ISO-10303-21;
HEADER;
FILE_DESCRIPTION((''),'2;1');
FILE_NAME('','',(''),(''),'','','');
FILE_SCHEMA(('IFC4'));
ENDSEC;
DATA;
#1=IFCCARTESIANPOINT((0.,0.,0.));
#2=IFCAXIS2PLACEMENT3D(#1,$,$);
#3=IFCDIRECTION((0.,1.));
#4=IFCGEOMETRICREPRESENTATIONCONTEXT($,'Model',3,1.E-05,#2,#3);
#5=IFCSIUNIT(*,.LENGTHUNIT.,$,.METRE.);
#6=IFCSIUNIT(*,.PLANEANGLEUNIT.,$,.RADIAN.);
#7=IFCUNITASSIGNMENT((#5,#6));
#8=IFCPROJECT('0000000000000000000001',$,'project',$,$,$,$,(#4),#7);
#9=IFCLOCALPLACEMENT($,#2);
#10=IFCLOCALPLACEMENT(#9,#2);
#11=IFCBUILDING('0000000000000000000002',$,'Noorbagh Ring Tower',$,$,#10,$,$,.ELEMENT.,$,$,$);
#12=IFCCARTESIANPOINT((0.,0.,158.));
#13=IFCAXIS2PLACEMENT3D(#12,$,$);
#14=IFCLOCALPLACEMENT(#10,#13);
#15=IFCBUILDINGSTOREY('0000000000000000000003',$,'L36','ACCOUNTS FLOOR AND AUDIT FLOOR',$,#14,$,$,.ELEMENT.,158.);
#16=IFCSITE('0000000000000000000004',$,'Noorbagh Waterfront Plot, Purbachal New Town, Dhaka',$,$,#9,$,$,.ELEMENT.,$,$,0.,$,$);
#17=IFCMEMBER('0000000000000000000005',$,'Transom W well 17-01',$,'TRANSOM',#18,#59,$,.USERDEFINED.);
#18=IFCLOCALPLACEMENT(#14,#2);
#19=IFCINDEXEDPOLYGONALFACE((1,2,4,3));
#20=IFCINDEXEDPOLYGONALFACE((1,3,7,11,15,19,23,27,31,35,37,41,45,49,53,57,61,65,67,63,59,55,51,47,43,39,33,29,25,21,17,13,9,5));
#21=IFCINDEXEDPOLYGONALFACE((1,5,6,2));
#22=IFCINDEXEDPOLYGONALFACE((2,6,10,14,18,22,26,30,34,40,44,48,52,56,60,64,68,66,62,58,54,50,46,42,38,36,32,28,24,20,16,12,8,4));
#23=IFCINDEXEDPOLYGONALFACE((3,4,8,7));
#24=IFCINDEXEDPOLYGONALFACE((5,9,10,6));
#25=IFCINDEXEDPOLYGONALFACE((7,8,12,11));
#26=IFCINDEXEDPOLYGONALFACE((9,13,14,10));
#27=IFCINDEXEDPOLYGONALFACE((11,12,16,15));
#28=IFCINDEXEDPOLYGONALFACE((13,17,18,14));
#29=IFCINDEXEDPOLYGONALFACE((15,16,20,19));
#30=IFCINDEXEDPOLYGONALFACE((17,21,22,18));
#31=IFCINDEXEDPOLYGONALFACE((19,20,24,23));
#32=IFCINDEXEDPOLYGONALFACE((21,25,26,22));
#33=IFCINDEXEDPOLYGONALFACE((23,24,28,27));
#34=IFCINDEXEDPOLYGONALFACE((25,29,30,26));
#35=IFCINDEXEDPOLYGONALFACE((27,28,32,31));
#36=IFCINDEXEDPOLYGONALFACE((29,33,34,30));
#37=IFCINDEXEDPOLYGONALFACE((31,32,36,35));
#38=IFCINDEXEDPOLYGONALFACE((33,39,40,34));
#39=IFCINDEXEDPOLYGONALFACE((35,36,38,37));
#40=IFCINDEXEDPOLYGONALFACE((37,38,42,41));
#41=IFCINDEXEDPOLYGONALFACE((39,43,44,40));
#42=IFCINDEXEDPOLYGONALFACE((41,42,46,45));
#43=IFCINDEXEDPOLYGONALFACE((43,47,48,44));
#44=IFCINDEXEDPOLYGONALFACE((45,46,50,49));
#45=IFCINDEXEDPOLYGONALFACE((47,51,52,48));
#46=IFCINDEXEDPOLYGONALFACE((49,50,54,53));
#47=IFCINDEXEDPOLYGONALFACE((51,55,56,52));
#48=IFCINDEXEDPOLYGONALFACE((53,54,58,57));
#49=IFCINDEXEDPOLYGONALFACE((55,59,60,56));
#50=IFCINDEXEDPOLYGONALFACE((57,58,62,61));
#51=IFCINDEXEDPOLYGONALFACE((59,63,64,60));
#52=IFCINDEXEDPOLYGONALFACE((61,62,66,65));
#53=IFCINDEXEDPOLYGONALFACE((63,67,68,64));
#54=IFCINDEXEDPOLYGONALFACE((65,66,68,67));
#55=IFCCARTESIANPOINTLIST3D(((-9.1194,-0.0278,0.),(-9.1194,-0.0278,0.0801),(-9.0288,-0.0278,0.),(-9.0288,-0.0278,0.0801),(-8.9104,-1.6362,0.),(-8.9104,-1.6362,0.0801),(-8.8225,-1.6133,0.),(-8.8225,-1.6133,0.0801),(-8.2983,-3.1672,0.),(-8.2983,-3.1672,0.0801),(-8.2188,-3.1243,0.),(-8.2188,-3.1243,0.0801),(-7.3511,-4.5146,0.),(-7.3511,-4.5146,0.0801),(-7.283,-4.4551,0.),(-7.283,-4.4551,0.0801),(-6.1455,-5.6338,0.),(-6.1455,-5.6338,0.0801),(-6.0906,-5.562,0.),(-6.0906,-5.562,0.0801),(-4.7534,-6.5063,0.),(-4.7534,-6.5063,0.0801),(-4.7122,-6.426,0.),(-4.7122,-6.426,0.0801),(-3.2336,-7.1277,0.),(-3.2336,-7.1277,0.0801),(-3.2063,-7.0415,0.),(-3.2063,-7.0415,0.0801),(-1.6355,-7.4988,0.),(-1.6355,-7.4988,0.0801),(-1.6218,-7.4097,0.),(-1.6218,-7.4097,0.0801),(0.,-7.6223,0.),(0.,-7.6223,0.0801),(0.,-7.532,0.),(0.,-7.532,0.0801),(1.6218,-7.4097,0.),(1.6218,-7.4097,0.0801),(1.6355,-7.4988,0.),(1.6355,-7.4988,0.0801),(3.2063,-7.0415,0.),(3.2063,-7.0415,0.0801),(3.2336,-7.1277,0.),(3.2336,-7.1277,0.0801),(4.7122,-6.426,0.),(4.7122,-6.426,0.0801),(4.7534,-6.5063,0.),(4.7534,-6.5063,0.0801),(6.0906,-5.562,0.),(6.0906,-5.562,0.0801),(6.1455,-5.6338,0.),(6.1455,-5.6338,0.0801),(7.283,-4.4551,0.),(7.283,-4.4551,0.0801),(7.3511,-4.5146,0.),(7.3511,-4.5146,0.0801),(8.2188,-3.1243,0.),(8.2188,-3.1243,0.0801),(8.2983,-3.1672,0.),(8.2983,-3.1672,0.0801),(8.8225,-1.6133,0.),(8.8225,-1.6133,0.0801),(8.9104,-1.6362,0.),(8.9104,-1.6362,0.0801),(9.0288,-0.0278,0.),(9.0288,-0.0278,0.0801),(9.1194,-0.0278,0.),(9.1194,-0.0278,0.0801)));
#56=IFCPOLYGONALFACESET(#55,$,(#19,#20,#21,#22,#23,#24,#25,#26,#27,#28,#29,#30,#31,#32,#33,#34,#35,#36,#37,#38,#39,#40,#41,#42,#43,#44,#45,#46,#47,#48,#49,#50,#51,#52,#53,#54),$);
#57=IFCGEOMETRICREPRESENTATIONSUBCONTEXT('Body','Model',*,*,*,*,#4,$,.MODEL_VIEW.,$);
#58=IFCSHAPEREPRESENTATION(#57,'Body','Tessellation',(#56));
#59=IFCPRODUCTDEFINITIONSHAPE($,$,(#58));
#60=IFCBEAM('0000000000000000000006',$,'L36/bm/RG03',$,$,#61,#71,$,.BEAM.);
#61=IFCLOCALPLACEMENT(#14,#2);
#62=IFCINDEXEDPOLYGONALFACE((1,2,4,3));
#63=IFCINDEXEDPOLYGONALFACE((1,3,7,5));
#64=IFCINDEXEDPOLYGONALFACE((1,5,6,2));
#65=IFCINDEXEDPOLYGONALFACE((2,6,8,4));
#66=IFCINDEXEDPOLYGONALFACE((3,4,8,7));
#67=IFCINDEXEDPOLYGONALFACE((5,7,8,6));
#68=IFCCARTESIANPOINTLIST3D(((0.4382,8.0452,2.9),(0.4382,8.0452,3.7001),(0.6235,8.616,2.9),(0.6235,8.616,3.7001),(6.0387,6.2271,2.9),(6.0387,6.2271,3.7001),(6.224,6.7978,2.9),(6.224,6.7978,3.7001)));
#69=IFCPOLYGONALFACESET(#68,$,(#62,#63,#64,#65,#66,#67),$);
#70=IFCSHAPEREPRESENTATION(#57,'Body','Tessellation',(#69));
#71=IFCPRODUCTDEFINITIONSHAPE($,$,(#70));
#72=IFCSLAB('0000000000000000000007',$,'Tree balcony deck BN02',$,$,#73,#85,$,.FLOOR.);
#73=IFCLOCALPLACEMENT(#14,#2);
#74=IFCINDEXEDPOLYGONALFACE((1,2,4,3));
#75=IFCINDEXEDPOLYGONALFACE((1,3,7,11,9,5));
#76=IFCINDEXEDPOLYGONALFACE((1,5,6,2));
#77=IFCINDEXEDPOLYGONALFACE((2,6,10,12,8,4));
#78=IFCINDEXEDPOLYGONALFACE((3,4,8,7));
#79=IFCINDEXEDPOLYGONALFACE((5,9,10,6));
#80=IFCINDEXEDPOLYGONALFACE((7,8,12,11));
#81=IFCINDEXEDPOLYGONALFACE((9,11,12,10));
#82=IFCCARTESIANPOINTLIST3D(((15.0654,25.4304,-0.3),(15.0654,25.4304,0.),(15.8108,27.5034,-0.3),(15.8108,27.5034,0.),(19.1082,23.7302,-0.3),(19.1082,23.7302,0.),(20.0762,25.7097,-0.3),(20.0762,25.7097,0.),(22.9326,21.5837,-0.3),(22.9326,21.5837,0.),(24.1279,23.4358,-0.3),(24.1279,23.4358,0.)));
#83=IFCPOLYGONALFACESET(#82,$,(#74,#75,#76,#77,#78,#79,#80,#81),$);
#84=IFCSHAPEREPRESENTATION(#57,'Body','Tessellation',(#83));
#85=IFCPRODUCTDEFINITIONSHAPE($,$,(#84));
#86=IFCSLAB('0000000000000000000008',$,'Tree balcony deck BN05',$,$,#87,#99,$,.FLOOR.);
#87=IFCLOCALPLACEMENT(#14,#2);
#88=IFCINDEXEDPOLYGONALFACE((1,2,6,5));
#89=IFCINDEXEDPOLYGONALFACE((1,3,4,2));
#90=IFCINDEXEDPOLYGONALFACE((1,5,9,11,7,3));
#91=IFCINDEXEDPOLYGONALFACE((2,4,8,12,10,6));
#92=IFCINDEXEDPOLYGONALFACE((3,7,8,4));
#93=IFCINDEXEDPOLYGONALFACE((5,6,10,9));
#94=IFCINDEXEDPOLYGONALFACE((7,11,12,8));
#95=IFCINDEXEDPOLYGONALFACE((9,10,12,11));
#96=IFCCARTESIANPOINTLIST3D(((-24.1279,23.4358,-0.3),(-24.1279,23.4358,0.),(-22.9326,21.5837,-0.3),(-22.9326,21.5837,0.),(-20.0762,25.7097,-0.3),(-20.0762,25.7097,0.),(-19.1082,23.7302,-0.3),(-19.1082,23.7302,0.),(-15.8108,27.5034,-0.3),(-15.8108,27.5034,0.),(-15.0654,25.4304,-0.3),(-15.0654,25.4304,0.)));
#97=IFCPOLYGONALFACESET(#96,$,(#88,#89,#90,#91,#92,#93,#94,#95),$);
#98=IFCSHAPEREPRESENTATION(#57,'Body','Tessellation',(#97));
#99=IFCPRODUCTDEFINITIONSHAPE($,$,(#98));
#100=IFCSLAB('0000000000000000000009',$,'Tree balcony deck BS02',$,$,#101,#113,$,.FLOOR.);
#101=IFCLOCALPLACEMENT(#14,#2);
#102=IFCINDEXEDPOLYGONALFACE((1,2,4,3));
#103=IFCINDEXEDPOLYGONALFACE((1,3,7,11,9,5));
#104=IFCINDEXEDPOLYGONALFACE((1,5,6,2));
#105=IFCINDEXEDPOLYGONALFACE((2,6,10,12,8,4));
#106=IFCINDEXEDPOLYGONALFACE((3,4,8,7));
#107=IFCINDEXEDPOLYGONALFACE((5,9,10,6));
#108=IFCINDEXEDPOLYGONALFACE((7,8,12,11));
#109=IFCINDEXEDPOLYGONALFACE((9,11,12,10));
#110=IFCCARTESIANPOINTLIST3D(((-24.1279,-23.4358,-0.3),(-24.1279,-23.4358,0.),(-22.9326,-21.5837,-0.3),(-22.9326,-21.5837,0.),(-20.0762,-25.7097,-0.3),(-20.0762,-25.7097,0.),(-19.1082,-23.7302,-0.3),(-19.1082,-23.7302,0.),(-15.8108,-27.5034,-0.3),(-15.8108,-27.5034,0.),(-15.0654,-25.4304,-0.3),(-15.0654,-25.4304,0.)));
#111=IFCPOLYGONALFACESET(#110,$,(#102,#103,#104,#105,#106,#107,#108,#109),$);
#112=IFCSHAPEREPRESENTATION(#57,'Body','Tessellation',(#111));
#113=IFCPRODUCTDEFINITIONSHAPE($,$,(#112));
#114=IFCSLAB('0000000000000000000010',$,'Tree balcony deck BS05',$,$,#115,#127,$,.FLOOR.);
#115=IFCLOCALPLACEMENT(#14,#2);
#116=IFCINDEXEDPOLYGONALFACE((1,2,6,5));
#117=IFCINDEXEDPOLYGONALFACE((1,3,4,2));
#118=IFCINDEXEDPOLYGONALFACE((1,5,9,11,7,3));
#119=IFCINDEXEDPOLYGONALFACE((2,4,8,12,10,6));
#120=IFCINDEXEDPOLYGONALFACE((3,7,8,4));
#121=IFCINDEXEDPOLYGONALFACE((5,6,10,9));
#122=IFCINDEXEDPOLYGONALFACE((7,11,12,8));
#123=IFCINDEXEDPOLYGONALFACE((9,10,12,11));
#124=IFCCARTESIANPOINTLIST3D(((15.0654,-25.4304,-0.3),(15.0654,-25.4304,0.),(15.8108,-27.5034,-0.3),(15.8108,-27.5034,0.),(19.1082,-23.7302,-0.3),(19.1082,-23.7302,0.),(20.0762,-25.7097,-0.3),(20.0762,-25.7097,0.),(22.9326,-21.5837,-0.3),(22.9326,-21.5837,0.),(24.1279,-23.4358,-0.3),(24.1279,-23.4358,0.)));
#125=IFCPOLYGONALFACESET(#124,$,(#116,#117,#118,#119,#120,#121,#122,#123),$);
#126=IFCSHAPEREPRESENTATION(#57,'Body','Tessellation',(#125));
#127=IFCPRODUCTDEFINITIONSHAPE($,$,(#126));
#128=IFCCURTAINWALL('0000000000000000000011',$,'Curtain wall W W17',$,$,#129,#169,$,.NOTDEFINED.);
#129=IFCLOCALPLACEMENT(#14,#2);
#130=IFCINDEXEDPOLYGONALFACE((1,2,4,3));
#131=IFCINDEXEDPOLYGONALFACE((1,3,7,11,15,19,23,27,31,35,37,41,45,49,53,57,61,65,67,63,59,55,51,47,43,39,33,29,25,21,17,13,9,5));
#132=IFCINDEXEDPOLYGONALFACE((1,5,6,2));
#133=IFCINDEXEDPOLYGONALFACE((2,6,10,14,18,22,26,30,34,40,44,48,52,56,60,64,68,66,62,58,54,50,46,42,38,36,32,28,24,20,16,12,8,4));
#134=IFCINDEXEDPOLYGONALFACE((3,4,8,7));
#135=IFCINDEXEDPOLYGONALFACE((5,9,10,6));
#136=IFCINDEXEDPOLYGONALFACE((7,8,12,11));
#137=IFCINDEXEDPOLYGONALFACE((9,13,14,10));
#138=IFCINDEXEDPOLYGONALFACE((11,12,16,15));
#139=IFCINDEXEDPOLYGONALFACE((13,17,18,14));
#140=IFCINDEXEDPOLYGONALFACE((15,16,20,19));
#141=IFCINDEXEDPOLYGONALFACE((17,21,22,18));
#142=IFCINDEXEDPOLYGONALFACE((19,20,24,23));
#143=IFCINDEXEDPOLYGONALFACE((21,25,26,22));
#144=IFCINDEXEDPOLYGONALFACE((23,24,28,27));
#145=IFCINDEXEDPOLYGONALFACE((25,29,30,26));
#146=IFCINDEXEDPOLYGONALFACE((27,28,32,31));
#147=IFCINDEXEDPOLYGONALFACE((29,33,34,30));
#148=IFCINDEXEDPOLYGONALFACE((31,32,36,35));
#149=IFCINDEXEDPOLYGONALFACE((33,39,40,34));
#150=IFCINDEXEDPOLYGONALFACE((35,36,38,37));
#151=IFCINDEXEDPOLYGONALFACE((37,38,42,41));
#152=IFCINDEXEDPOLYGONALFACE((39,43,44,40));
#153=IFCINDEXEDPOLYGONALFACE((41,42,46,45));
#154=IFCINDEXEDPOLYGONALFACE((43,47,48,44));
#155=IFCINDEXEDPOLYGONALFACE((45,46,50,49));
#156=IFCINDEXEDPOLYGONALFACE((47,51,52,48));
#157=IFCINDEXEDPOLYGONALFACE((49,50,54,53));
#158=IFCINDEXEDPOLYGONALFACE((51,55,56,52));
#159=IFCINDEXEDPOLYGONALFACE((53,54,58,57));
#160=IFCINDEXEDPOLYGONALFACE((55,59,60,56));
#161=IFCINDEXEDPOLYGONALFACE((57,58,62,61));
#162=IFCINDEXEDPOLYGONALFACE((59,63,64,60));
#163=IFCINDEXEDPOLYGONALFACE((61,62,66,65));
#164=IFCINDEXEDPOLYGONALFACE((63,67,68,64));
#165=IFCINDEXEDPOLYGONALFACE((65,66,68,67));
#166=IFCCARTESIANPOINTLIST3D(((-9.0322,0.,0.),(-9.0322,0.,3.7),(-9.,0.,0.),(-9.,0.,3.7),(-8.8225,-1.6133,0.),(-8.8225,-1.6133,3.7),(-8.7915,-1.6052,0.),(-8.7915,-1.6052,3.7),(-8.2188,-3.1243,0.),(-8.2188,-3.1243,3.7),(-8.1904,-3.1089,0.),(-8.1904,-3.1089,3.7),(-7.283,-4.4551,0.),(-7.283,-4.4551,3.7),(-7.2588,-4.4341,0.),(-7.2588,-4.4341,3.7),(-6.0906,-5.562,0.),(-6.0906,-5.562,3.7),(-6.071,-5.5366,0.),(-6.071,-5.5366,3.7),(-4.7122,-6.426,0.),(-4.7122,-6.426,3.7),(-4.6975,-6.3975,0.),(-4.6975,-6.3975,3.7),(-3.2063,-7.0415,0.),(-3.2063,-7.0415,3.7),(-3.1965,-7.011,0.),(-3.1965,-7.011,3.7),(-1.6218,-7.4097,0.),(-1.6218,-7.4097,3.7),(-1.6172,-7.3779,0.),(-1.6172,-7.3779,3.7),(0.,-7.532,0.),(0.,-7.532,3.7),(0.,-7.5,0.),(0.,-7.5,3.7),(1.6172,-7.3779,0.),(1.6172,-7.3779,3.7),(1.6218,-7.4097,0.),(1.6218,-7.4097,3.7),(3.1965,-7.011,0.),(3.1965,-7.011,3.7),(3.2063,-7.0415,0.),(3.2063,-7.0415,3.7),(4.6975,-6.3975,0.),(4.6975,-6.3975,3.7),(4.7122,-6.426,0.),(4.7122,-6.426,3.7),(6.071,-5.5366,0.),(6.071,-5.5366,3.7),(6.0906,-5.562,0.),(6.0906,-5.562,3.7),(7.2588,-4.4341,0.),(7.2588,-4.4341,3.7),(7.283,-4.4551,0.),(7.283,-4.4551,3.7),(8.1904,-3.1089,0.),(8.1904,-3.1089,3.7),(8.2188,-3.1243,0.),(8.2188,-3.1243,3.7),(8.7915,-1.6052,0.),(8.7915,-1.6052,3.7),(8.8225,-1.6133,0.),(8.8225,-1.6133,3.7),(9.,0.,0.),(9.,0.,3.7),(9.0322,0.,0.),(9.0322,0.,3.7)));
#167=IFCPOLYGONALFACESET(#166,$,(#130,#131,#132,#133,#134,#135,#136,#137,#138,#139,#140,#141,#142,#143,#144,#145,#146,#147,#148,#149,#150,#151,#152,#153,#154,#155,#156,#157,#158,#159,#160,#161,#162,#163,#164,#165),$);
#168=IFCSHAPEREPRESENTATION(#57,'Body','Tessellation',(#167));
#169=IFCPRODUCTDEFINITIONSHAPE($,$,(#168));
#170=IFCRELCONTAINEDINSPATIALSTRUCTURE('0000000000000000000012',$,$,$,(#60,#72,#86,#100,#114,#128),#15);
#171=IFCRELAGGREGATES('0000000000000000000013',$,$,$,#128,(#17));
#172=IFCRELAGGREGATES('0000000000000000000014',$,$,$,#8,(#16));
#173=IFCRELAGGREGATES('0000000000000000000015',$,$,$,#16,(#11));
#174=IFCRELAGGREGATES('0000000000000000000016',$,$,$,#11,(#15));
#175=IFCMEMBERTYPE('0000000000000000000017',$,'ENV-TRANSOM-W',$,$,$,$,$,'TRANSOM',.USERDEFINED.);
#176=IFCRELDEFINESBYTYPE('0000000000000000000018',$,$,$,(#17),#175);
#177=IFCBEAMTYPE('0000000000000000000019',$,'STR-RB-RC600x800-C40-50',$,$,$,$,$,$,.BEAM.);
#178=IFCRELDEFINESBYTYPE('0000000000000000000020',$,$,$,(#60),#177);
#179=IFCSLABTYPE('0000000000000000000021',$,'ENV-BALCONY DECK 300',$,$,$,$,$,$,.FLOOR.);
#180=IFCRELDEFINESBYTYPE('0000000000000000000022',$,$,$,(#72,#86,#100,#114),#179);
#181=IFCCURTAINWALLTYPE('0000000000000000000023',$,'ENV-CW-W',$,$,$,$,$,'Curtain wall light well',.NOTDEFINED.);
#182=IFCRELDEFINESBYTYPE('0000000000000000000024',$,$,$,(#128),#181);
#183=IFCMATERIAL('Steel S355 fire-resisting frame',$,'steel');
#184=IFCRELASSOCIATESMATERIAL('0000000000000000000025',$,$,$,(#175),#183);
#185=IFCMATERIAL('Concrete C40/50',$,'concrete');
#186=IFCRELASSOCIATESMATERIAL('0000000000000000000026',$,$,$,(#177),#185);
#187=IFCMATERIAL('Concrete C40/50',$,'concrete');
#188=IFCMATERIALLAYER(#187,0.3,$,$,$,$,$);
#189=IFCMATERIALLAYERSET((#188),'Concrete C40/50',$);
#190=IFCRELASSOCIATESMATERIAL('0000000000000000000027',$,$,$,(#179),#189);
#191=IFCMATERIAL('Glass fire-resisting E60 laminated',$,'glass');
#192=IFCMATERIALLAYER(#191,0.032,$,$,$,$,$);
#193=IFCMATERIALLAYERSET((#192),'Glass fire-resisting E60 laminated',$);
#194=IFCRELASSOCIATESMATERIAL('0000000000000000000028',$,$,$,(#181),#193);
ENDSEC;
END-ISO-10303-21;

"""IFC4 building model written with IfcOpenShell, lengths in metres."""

from ifc_helpers import new_model, si_unit, direction, frame, origin, origin_2d, place, context, subcontext, project, spatial, polyline, rectangle, outline, extrude, material, layer, layer_set, material_profile, profile_set, type_object, element, aggregate, save


model = new_model("IFC4")

# Units and contexts
model_context = context("Model", 3, precision=1e-05, world=origin(), true_north=direction((0.0, 1.0)))
body_context = subcontext(model_context, "Body", "Model", "MODEL_VIEW")
ifc_project = project(units=[si_unit("LENGTHUNIT", "METRE"), si_unit("PLANEANGLEUNIT", "RADIAN")], contexts=[model_context])

# Site, building, storey
site_placement = place(None, origin())
site = spatial("IfcSite", under=ifc_project, at=site_placement, Name="Noorbagh Waterfront Plot, Purbachal New Town, Dhaka", CompositionType="ELEMENT", RefElevation=0.0)
building_placement = place(site_placement, origin())
building = spatial("IfcBuilding", under=site, at=building_placement, Name="Noorbagh Ring Tower", CompositionType="ELEMENT")
storey_placement = place(building_placement, frame((0.0, 0.0, 158.0)))
storey = spatial("IfcBuildingStorey", under=building, at=storey_placement, Name="L36", Description="ACCOUNTS FLOOR AND AUDIT FLOOR", CompositionType="ELEMENT", Elevation=158.0)

# Member
ifc_material_1 = material(Name="Steel S355 fire-resisting frame", Category="steel")
member_type_1 = type_object("IfcMemberType", Name="ENV-TRANSOM-W", ElementType="TRANSOM", PredefinedType="USERDEFINED", material=ifc_material_1)
member_1_placement = place(storey_placement, origin())
member_1 = element("IfcMember", 1, at=member_1_placement, type_object=member_type_1, Name="Transom W well 17-01", ObjectType="TRANSOM", PredefinedType="USERDEFINED", context=body_context, shape_type="SweptSolid", body=[
    extrude(outline(polyline([(-9.1194, -0.0278), (-8.9104, -1.6362), (-8.2983, -3.1672), (-7.3511, -4.5146), (-6.1455, -5.6338), (-4.7534, -6.5063), (-3.2336, -7.1277), (-1.6355, -7.4988), (0.0, -7.6223), (1.6355, -7.4988), (3.2336, -7.1277), (4.7534, -6.5063), (6.1455, -5.6338), (7.3511, -4.5146), (8.2983, -3.1672), (8.9104, -1.6362), (9.1194, -0.0278), (9.0288, -0.0278), (8.8225, -1.6133), (8.2188, -3.1243), (7.283, -4.4551), (6.0906, -5.562), (4.7122, -6.426), (3.2063, -7.0415), (1.6218, -7.4097), (0.0, -7.532), (-1.6218, -7.4097), (-3.2063, -7.0415), (-4.7122, -6.426), (-6.0906, -5.562), (-7.283, -4.4551), (-8.2188, -3.1243), (-8.8225, -1.6133), (-9.0288, -0.0278), (-9.1194, -0.0278)])), origin(), (0.0, 0.0, 1.0), 0.0801),
])

# Beam
ifc_material_2 = material(Name="Concrete C40/50", Category="concrete")
ifc_material_profile_1 = material_profile(ifc_material_2, rectangle(XDim=0.6001, YDim=0.8, at=origin_2d()), Name="RC600x800")
ifc_profile_set_1 = profile_set([ifc_material_profile_1], Name="Concrete C40/50")
beam_type = type_object("IfcBeamType", Name="STR-RB-RC600x800-C40-50", PredefinedType="BEAM", material=ifc_profile_set_1)
beam_placement = place(storey_placement, frame((6.1313, 6.5125, 3.3), z_axis=(-0.951134, 0.308779, 0.0), x_axis=(-0.308779, -0.951134, 0.0)))
element("IfcBeam", 2, at=beam_placement, inside=storey, type_object=beam_type, Name="L36/bm/RG03", PredefinedType="BEAM", context=body_context, shape_type="SweptSolid", body=[
    extrude(rectangle(XDim=0.6001, YDim=0.8, at=origin_2d()), origin(), (0.0, 0.0, 1.0), 5.8882),
])

# Slabs
ifc_material_3 = material(Name="Concrete C40/50", Category="concrete")
ifc_layer_1 = layer(ifc_material_3, 0.3)
ifc_layer_set_1 = layer_set([ifc_layer_1], Name="Concrete C40/50")
slab_type = type_object("IfcSlabType", Name="ENV-BALCONY DECK 300", PredefinedType="FLOOR", material=ifc_layer_set_1)
slab_1_placement = place(storey_placement, frame((0.0, 0.0, -0.3)))
element("IfcSlab", 3, at=slab_1_placement, inside=storey, type_object=slab_type, Name="Tree balcony deck BN02", PredefinedType="FLOOR", context=body_context, shape_type="SweptSolid", body=[
    extrude(outline(polyline([(24.1279, 23.4358), (20.0762, 25.7097), (15.8108, 27.5034), (15.0654, 25.4304), (19.1082, 23.7302), (22.9326, 21.5837), (24.1279, 23.4358)])), origin(), (0.0, 0.0, 1.0), 0.3),
])
slab_2_placement = place(storey_placement, frame((0.0, 0.0, -0.3)))
element("IfcSlab", 4, at=slab_2_placement, inside=storey, type_object=slab_type, Name="Tree balcony deck BN05", PredefinedType="FLOOR", context=body_context, shape_type="SweptSolid", body=[
    extrude(outline(polyline([(-15.8108, 27.5034), (-20.0762, 25.7097), (-24.1279, 23.4358), (-22.9326, 21.5837), (-19.1082, 23.7302), (-15.0654, 25.4304), (-15.8108, 27.5034)])), origin(), (0.0, 0.0, 1.0), 0.3),
])
slab_3_placement = place(storey_placement, frame((0.0, 0.0, -0.3)))
element("IfcSlab", 5, at=slab_3_placement, inside=storey, type_object=slab_type, Name="Tree balcony deck BS02", PredefinedType="FLOOR", context=body_context, shape_type="SweptSolid", body=[
    extrude(outline(polyline([(-24.1279, -23.4358), (-20.0762, -25.7097), (-15.8108, -27.5034), (-15.0654, -25.4304), (-19.1082, -23.7302), (-22.9326, -21.5837), (-24.1279, -23.4358)])), origin(), (0.0, 0.0, 1.0), 0.3),
])
slab_4_placement = place(storey_placement, frame((0.0, 0.0, -0.3)))
element("IfcSlab", 6, at=slab_4_placement, inside=storey, type_object=slab_type, Name="Tree balcony deck BS05", PredefinedType="FLOOR", context=body_context, shape_type="SweptSolid", body=[
    extrude(outline(polyline([(15.8108, -27.5034), (20.0762, -25.7097), (24.1279, -23.4358), (22.9326, -21.5837), (19.1082, -23.7302), (15.0654, -25.4304), (15.8108, -27.5034)])), origin(), (0.0, 0.0, 1.0), 0.3),
])

# Curtain wall
ifc_material_4 = material(Name="Glass fire-resisting E60 laminated", Category="glass")
ifc_layer_2 = layer(ifc_material_4, 0.032)
ifc_layer_set_2 = layer_set([ifc_layer_2], Name="Glass fire-resisting E60 laminated")
curtain_wall_type_1 = type_object("IfcCurtainWallType", Name="ENV-CW-W", ElementType="Curtain wall light well", PredefinedType="NOTDEFINED", material=ifc_layer_set_2)
curtain_wall_1_placement = place(storey_placement, origin())
curtain_wall_1 = element("IfcCurtainWall", 7, at=curtain_wall_1_placement, inside=storey, type_object=curtain_wall_type_1, Name="Curtain wall W W17", PredefinedType="NOTDEFINED", context=body_context, shape_type="SweptSolid", body=[
    extrude(outline(polyline([(-9.0322, 0.0), (-8.8225, -1.6133), (-8.2188, -3.1243), (-7.283, -4.4551), (-6.0906, -5.562), (-4.7122, -6.426), (-3.2063, -7.0415), (-1.6218, -7.4097), (0.0, -7.532), (1.6218, -7.4097), (3.2063, -7.0415), (4.7122, -6.426), (6.0906, -5.562), (7.283, -4.4551), (8.2188, -3.1243), (8.8225, -1.6133), (9.0322, 0.0), (9.0, 0.0), (8.7915, -1.6052), (8.1904, -3.1089), (7.2588, -4.4341), (6.071, -5.5366), (4.6975, -6.3975), (3.1965, -7.011), (1.6172, -7.3779), (0.0, -7.5), (-1.6172, -7.3779), (-3.1965, -7.011), (-4.6975, -6.3975), (-6.071, -5.5366), (-7.2588, -4.4341), (-8.1904, -3.1089), (-8.7915, -1.6052), (-9.0, 0.0), (-9.0322, 0.0)])), origin(), (0.0, 0.0, 1.0), 3.7),
])
aggregate(curtain_wall_1, [member_1])

save(model, "model.ifc")
